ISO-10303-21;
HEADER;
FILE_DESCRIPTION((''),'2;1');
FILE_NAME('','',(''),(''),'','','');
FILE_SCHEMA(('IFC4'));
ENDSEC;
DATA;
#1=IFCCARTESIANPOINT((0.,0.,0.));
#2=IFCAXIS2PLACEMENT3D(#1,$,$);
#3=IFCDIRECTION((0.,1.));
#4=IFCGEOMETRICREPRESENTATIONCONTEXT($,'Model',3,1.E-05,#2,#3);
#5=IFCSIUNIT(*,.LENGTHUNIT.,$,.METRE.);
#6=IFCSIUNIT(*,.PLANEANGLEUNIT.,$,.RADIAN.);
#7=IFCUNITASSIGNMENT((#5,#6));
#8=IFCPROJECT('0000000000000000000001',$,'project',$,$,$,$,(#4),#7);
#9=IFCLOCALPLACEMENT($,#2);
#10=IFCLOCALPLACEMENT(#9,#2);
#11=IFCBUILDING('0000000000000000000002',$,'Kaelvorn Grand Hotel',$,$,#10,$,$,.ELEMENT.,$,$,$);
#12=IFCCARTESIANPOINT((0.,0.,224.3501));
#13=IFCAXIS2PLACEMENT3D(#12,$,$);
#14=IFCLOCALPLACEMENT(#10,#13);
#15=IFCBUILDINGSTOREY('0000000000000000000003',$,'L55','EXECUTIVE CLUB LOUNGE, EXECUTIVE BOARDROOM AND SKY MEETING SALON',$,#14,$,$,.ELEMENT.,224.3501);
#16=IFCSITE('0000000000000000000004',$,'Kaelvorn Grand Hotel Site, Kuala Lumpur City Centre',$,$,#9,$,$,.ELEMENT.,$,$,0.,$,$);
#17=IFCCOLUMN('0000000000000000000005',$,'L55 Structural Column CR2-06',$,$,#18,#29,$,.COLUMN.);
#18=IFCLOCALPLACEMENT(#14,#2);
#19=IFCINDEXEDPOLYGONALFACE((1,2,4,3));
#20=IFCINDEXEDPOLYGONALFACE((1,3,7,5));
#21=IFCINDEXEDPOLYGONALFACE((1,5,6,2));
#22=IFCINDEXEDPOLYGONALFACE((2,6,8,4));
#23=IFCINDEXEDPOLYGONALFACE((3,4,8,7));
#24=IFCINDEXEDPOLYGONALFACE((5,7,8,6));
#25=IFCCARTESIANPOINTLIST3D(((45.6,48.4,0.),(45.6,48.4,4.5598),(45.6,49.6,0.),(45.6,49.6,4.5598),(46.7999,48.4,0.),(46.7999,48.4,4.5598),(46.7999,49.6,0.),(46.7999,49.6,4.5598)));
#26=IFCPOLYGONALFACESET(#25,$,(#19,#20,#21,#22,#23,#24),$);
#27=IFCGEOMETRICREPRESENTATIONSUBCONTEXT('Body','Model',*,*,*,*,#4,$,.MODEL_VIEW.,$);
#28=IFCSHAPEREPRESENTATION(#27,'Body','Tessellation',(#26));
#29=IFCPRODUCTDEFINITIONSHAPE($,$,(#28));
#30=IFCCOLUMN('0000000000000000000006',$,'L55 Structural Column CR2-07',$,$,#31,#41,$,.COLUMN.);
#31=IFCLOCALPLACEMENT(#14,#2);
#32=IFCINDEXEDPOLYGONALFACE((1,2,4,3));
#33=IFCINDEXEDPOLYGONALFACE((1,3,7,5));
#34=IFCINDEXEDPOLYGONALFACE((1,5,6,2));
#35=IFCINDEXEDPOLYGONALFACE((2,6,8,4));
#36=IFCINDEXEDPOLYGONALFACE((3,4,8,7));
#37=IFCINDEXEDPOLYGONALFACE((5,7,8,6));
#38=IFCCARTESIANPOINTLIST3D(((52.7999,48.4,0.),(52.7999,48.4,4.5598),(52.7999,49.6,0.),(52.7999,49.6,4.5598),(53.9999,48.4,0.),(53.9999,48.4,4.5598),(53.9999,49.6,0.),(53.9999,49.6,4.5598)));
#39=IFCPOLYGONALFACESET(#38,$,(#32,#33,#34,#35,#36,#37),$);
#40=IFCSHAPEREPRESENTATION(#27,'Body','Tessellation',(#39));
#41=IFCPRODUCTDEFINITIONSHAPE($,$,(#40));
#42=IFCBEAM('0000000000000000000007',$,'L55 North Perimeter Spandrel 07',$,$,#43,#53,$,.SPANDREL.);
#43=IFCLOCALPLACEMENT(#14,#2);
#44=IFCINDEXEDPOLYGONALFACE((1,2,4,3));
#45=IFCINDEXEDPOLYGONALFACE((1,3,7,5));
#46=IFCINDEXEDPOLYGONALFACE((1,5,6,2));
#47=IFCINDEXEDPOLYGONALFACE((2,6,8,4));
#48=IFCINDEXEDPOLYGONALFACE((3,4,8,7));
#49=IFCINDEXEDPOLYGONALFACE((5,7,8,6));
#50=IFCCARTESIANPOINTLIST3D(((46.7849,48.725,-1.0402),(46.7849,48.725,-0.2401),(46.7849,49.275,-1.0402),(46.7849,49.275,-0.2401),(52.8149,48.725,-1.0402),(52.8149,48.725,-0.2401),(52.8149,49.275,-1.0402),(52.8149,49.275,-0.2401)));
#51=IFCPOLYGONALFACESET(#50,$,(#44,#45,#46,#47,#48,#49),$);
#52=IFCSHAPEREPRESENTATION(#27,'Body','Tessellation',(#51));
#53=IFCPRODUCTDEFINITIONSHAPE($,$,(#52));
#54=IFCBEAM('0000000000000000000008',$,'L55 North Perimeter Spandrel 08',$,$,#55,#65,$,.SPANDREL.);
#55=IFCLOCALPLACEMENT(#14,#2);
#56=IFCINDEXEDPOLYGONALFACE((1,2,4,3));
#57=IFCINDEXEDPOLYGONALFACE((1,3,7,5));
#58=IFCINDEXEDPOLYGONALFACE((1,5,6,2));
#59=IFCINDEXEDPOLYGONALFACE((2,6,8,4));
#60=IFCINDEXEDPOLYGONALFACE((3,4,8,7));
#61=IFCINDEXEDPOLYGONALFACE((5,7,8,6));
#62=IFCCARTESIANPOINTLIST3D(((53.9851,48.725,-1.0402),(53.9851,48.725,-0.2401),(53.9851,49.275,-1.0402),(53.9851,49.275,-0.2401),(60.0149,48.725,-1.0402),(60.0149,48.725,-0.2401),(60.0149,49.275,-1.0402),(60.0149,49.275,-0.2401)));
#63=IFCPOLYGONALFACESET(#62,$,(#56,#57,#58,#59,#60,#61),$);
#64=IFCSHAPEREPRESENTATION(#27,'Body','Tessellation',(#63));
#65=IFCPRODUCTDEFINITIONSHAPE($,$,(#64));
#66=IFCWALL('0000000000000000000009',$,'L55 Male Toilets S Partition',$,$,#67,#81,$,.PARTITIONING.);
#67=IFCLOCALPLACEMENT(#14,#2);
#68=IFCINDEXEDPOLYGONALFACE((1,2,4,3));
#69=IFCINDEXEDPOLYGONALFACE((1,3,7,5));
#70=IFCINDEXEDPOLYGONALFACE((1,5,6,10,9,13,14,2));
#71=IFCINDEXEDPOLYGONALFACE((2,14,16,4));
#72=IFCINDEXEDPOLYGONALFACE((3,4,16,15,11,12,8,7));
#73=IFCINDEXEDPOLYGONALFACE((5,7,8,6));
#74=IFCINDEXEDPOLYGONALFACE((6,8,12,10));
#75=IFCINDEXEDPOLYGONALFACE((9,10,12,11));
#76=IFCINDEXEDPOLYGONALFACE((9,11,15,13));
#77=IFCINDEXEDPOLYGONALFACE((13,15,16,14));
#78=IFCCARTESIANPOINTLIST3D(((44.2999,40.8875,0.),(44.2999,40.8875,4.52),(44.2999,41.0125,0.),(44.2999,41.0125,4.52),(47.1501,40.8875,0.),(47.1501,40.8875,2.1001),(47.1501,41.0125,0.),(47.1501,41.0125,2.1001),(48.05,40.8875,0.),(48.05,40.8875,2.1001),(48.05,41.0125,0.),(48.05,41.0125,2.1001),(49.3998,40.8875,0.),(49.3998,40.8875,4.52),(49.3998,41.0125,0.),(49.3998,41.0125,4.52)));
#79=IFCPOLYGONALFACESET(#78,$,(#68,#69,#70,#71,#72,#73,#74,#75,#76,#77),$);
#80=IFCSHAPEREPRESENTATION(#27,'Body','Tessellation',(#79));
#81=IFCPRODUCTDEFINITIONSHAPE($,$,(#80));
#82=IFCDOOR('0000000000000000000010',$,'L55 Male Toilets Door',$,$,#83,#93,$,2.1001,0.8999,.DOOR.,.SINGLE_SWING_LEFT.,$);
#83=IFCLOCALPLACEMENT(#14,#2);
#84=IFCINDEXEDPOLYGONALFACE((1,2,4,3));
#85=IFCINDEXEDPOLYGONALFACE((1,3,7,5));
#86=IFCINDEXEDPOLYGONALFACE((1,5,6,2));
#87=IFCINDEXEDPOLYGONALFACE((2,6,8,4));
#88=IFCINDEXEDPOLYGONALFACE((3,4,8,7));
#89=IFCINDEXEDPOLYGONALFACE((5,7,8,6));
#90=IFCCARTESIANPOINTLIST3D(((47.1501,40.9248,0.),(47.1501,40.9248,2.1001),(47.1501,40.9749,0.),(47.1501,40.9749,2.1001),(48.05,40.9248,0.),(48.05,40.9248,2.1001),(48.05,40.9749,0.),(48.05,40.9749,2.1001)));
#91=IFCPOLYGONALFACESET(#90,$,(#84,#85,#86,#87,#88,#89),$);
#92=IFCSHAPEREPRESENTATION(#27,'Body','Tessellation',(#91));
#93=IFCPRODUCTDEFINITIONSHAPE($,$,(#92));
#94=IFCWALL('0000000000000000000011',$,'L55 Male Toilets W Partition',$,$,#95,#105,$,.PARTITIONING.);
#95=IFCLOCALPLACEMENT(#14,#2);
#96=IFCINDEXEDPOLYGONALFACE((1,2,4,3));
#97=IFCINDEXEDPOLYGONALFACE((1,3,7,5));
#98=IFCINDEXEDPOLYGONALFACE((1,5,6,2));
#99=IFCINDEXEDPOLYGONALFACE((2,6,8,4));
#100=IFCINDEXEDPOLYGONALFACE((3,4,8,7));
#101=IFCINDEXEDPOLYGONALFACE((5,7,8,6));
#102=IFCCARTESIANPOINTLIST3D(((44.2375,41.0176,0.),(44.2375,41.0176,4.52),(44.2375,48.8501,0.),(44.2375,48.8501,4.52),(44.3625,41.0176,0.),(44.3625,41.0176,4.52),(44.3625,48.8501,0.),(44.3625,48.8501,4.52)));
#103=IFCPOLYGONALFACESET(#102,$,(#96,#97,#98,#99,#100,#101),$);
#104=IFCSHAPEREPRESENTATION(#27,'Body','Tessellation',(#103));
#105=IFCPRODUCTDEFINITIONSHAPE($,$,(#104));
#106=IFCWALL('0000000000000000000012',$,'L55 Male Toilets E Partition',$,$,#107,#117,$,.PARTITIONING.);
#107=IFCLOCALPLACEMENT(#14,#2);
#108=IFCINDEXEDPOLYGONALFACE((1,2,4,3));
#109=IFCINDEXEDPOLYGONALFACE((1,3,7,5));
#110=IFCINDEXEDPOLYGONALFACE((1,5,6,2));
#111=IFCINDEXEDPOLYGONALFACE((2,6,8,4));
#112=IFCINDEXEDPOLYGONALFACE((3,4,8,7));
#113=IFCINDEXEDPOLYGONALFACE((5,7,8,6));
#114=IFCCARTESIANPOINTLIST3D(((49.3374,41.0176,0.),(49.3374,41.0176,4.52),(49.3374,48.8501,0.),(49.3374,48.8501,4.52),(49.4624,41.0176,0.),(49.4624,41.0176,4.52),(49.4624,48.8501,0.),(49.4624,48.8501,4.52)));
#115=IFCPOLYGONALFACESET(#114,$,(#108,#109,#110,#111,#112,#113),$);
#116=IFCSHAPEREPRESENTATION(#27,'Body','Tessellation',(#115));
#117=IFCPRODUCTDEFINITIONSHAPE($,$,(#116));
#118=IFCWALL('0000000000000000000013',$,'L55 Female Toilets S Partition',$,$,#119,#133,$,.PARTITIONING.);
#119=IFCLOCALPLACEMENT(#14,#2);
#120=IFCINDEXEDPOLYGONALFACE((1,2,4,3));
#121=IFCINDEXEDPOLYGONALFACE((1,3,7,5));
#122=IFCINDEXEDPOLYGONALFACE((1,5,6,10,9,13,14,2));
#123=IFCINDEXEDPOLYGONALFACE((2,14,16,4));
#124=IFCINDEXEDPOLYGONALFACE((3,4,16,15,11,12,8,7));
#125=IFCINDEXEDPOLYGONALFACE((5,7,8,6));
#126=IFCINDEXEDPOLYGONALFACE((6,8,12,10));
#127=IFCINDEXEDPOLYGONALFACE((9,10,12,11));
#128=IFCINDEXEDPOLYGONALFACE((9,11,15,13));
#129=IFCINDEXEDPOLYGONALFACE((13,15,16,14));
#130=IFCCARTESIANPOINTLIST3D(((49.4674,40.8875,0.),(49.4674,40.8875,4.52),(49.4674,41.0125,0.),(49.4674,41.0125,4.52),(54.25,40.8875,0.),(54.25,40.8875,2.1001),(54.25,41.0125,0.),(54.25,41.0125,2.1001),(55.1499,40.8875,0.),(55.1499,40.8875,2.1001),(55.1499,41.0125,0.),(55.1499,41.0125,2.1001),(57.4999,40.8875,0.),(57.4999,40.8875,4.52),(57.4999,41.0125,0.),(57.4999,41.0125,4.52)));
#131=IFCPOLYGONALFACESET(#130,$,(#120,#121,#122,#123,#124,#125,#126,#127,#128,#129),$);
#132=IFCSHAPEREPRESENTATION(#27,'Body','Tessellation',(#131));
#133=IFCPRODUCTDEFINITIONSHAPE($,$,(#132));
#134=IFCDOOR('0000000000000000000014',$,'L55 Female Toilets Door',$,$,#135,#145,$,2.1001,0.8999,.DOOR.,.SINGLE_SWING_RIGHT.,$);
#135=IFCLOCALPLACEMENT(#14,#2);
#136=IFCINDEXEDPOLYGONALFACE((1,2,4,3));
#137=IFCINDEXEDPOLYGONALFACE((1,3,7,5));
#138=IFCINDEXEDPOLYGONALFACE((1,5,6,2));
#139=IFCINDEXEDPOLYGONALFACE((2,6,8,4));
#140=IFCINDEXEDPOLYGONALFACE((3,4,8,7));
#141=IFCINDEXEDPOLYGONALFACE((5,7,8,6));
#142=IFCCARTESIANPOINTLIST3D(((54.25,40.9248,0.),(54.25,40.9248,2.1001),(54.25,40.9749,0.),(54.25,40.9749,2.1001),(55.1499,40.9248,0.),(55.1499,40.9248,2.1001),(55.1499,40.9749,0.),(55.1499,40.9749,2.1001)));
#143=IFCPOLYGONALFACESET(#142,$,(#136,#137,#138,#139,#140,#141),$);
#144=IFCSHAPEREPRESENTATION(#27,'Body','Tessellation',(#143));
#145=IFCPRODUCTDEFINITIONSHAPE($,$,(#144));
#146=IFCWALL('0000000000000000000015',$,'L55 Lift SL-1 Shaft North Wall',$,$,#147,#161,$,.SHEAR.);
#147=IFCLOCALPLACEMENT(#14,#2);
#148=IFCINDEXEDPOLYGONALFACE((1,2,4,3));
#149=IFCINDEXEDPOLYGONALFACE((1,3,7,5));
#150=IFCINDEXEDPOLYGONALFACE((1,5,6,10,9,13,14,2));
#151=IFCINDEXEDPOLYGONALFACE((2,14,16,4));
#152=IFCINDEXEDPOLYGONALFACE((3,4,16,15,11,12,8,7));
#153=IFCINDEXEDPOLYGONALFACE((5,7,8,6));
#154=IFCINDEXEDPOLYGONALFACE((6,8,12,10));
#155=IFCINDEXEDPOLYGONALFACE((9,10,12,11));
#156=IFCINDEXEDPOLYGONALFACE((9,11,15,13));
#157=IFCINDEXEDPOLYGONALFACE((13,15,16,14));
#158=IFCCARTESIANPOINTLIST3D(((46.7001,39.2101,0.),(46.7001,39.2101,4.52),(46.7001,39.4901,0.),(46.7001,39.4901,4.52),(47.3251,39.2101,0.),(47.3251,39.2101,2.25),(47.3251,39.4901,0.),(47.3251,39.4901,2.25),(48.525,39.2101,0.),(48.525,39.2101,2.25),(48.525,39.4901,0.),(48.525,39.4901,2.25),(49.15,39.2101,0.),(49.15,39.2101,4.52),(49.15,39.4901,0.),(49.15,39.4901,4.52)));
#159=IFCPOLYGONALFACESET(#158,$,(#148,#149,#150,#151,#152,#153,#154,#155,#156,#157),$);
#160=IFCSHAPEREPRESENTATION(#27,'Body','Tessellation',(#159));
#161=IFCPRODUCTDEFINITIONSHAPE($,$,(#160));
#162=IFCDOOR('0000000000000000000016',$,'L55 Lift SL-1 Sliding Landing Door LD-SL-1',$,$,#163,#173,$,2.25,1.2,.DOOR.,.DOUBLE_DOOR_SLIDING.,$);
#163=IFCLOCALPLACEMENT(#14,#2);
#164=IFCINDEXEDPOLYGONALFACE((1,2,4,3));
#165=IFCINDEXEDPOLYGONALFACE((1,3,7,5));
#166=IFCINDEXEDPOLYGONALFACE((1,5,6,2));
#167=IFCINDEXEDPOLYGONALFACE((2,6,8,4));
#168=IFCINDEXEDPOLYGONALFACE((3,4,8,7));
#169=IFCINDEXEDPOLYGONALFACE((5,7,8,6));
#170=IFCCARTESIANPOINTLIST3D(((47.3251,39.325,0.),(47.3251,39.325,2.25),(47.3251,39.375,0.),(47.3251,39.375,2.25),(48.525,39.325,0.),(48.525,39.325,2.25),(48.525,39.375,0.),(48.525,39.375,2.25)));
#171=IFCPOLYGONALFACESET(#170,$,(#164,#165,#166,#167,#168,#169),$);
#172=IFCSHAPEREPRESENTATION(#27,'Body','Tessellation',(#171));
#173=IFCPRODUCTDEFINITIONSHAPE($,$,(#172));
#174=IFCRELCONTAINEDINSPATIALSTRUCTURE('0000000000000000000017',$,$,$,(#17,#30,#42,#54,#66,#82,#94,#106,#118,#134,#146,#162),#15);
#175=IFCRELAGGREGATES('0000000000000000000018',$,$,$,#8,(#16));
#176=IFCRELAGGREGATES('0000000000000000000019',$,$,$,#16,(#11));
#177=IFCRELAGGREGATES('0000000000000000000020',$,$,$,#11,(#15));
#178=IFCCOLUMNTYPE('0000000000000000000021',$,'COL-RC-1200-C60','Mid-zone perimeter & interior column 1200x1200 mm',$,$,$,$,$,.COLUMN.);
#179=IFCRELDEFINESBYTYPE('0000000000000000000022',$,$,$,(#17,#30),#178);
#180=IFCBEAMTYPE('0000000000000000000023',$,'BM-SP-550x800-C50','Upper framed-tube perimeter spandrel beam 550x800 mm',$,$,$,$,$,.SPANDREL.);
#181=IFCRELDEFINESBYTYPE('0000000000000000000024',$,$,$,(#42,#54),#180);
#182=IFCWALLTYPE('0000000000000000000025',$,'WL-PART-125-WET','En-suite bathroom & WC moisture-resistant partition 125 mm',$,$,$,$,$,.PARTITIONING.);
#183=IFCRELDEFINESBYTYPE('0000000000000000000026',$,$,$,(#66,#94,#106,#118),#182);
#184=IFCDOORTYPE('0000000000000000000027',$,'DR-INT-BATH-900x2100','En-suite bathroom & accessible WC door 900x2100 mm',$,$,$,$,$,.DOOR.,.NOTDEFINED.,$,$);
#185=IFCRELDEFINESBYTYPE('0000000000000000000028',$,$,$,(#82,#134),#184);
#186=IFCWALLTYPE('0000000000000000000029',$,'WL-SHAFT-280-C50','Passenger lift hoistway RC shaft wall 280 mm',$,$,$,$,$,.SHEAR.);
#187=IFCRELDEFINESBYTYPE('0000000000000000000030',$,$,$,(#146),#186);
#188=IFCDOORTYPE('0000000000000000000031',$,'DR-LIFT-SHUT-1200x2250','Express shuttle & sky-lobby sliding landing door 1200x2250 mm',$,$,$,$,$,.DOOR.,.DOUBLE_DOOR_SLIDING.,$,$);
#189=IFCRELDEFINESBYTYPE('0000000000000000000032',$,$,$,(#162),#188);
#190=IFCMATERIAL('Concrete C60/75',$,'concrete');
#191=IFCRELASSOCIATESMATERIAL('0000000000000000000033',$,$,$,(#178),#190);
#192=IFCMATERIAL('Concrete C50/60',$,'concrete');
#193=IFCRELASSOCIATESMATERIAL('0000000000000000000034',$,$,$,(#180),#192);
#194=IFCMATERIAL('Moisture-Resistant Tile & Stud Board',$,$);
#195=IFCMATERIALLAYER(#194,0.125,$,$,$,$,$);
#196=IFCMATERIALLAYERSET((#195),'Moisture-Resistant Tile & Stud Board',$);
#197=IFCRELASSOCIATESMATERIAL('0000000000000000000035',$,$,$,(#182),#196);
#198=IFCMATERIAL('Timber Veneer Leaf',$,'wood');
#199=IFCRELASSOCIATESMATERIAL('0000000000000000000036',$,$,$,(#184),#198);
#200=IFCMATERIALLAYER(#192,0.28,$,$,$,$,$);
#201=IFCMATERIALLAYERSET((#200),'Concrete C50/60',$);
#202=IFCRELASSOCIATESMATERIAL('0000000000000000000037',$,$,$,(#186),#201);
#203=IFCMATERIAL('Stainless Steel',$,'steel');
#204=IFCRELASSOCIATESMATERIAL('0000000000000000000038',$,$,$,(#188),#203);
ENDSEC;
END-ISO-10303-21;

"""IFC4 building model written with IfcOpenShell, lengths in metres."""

from ifc_helpers import new_model, si_unit, direction, frame, frame_2d, origin, origin_2d, place, context, subcontext, project, spatial, rectangle, extrude, material, layer, layer_set, material_profile, profile_set, type_object, element, fill, save


model = new_model("IFC4")

# Units and contexts
model_context = context("Model", 3, precision=1e-05, world=origin(), true_north=direction((0.0, 1.0)))
body_context = subcontext(model_context, "Body", "Model", "MODEL_VIEW")
ifc_project = project(units=[si_unit("LENGTHUNIT", "METRE"), si_unit("PLANEANGLEUNIT", "RADIAN")], contexts=[model_context])

# Site, building, storey
site_placement = place(None, origin())
site = spatial("IfcSite", under=ifc_project, at=site_placement, Name="Kaelvorn Grand Hotel Site, Kuala Lumpur City Centre", CompositionType="ELEMENT", RefElevation=0.0)
building_placement = place(site_placement, origin())
building = spatial("IfcBuilding", under=site, at=building_placement, Name="Kaelvorn Grand Hotel", CompositionType="ELEMENT")
storey_placement = place(building_placement, frame((0.0, 0.0, 224.3501)))
storey = spatial("IfcBuildingStorey", under=building, at=storey_placement, Name="L55", Description="EXECUTIVE CLUB LOUNGE, EXECUTIVE BOARDROOM AND SKY MEETING SALON", CompositionType="ELEMENT", Elevation=224.3501)

# Columns
ifc_material_1 = material(Name="Concrete C60/75", Category="concrete")
ifc_material_profile_1 = material_profile(ifc_material_1, rectangle(XDim=1.2, YDim=1.2, at=origin_2d()), Name="RC COL 1200x1200")
ifc_profile_set_1 = profile_set([ifc_material_profile_1], Name="Concrete C60/75")
column_type = type_object("IfcColumnType", Name="COL-RC-1200-C60", Description="Mid-zone perimeter & interior column 1200x1200 mm", PredefinedType="COLUMN", material=ifc_profile_set_1)
for number, where, z_axis, x_axis, name in (
    (1, (46.2, 49.0, 0.0), (0.0, 0.0, 1.0), (1.0, 0.0, 0.0), "L55 Structural Column CR2-06"),
    (2, (53.3999, 49.0, 0.0), (0.0, 0.0, 1.0), (1.0, 0.0, 0.0), "L55 Structural Column CR2-07"),
):
    element("IfcColumn", number, at=place(storey_placement, frame(where, z_axis=z_axis, x_axis=x_axis)), inside=storey, type_object=column_type, Name=name, PredefinedType="COLUMN", context=body_context, shape_type="SweptSolid", body=[
        extrude(rectangle(XDim=1.2, YDim=1.2, at=origin_2d()), origin(), (0.0, 0.0, 1.0), 4.5598),
    ])

# Beams
ifc_material_2 = material(Name="Concrete C50/60", Category="concrete")
ifc_material_profile_2 = material_profile(ifc_material_2, rectangle(XDim=0.55, YDim=0.8, at=origin_2d()), Name="RC SPANDREL 550x800")
ifc_profile_set_2 = profile_set([ifc_material_profile_2], Name="Concrete C50/60")
beam_type = type_object("IfcBeamType", Name="BM-SP-550x800-C50", Description="Upper framed-tube perimeter spandrel beam 550x800 mm", PredefinedType="SPANDREL", material=ifc_profile_set_2)
beam_1_placement = place(storey_placement, frame((46.7849, 49.0, -0.6401), z_axis=(1.0, 0.0, 0.0), x_axis=(0.0, 1.0, 0.0)))
element("IfcBeam", 3, at=beam_1_placement, inside=storey, type_object=beam_type, Name="L55 North Perimeter Spandrel 07", PredefinedType="SPANDREL", context=body_context, shape_type="SweptSolid", body=[
    extrude(rectangle(XDim=0.55, YDim=0.8, at=origin_2d()), origin(), (0.0, 0.0, 1.0), 6.03),
])
beam_2_placement = place(storey_placement, frame((53.9851, 49.0, -0.6401), z_axis=(1.0, 0.0, 0.0), x_axis=(0.0, 1.0, 0.0)))
element("IfcBeam", 4, at=beam_2_placement, inside=storey, type_object=beam_type, Name="L55 North Perimeter Spandrel 08", PredefinedType="SPANDREL", context=body_context, shape_type="SweptSolid", body=[
    extrude(rectangle(XDim=0.55, YDim=0.8, at=origin_2d()), origin(), (0.0, 0.0, 1.0), 6.0298),
])

# Wall, opening, door
ifc_material_3 = material(Name="Moisture-Resistant Tile & Stud Board")
ifc_layer_1 = layer(ifc_material_3, 0.125)
ifc_layer_set_1 = layer_set([ifc_layer_1], Name="Moisture-Resistant Tile & Stud Board")
wall_type_1 = type_object("IfcWallType", Name="WL-PART-125-WET", Description="En-suite bathroom & WC moisture-resistant partition 125 mm", PredefinedType="PARTITIONING", material=ifc_layer_set_1)
wall_1_placement = place(storey_placement, frame((44.3, 40.95, 0.0), z_axis=(0.0, 0.0, 1.0), x_axis=(1.0, 0.0, 0.0)))
wall_1 = element("IfcWall", 5, at=wall_1_placement, inside=storey, type_object=wall_type_1, Name="L55 Male Toilets S Partition", PredefinedType="PARTITIONING", context=body_context, shape_type="SweptSolid", body=[
    extrude(rectangle(XDim=5.0999, YDim=0.125, at=frame_2d((2.5498, 0.0))), origin(), (0.0, 0.0, 1.0), 4.52),
])
opening_1_placement = place(wall_1_placement, frame((2.8501, 0.0, 0.0)))
opening_1 = element("IfcOpeningElement", 6, at=opening_1_placement, cuts=wall_1, PredefinedType="OPENING", context=body_context, shape_type="SweptSolid", body=[
    extrude(rectangle(XDim=0.8999, YDim=2.1001, at=frame_2d((0.45, 1.05))), frame((0.0, 0.0725, 0.0), z_axis=(0.0, -1.0, 0.0), x_axis=(1.0, 0.0, 0.0)), (0.0, 0.0, 1.0), 0.145),
])
ifc_material_4 = material(Name="Timber Veneer Leaf", Category="wood")
door_type_1 = type_object("IfcDoorType", Name="DR-INT-BATH-900x2100", Description="En-suite bathroom & accessible WC door 900x2100 mm", OperationType="NOTDEFINED", PredefinedType="DOOR", material=ifc_material_4)
door_1_placement = place(opening_1_placement, origin())
door_1 = element("IfcDoor", 7, at=door_1_placement, inside=storey, type_object=door_type_1, Name="L55 Male Toilets Door", OperationType="SINGLE_SWING_LEFT", OverallHeight=2.1001, OverallWidth=0.8999, PredefinedType="DOOR", context=body_context, shape_type="SweptSolid", body=[
    extrude(rectangle(XDim=0.8999, YDim=2.1001, at=frame_2d((0.45, 1.05))), frame((0.0, 0.0249, 0.0), z_axis=(0.0, -1.0, 0.0), x_axis=(1.0, 0.0, 0.0)), (0.0, 0.0, 1.0), 0.05),
])
fill(opening_1, door_1)

# Walls
for number, where, z_axis, x_axis, name in (
    (8, (44.3, 41.0176, 0.0), (0.0, 0.0, 1.0), (0.0, 1.0, 0.0), "L55 Male Toilets W Partition"),
    (9, (49.3999, 41.0176, 0.0), (0.0, 0.0, 1.0), (0.0, 1.0, 0.0), "L55 Male Toilets E Partition"),
):
    element("IfcWall", number, at=place(storey_placement, frame(where, z_axis=z_axis, x_axis=x_axis)), inside=storey, type_object=wall_type_1, Name=name, PredefinedType="PARTITIONING", context=body_context, shape_type="SweptSolid", body=[
        extrude(rectangle(XDim=7.8325, YDim=0.125, at=frame_2d((3.9163, 0.0))), origin(), (0.0, 0.0, 1.0), 4.52),
    ])

# Walls, openings, doors
wall_2_placement = place(storey_placement, frame((49.4675, 40.95, 0.0), z_axis=(0.0, 0.0, 1.0), x_axis=(1.0, 0.0, 0.0)))
wall_2 = element("IfcWall", 10, at=wall_2_placement, inside=storey, type_object=wall_type_1, Name="L55 Female Toilets S Partition", PredefinedType="PARTITIONING", context=body_context, shape_type="SweptSolid", body=[
    extrude(rectangle(XDim=8.0325, YDim=0.125, at=frame_2d((4.0161, 0.0))), origin(), (0.0, 0.0, 1.0), 4.52),
])
opening_2_placement = place(wall_2_placement, frame((4.7825, 0.0, 0.0)))
opening_2 = element("IfcOpeningElement", 11, at=opening_2_placement, cuts=wall_2, PredefinedType="OPENING", context=body_context, shape_type="SweptSolid", body=[
    extrude(rectangle(XDim=0.8999, YDim=2.1001, at=frame_2d((0.45, 1.05))), frame((0.0, 0.0725, 0.0), z_axis=(0.0, -1.0, 0.0), x_axis=(1.0, 0.0, 0.0)), (0.0, 0.0, 1.0), 0.145),
])
door_2_placement = place(opening_2_placement, origin())
door_2 = element("IfcDoor", 12, at=door_2_placement, inside=storey, type_object=door_type_1, Name="L55 Female Toilets Door", OperationType="SINGLE_SWING_RIGHT", OverallHeight=2.1001, OverallWidth=0.8999, PredefinedType="DOOR", context=body_context, shape_type="SweptSolid", body=[
    extrude(rectangle(XDim=0.8999, YDim=2.1001, at=frame_2d((0.45, 1.05))), frame((0.0, 0.0249, 0.0), z_axis=(0.0, -1.0, 0.0), x_axis=(1.0, 0.0, 0.0)), (0.0, 0.0, 1.0), 0.05),
])
fill(opening_2, door_2)
ifc_layer_2 = layer(ifc_material_2, 0.28)
ifc_layer_set_2 = layer_set([ifc_layer_2], Name="Concrete C50/60")
wall_type_2 = type_object("IfcWallType", Name="WL-SHAFT-280-C50", Description="Passenger lift hoistway RC shaft wall 280 mm", PredefinedType="SHEAR", material=ifc_layer_set_2)
wall_3_placement = place(storey_placement, frame((46.7, 39.3501, 0.0), z_axis=(0.0, 0.0, 1.0), x_axis=(1.0, 0.0, 0.0)))
wall_3 = element("IfcWall", 13, at=wall_3_placement, inside=storey, type_object=wall_type_2, Name="L55 Lift SL-1 Shaft North Wall", PredefinedType="SHEAR", context=body_context, shape_type="SweptSolid", body=[
    extrude(rectangle(XDim=2.45, YDim=0.28, at=frame_2d((1.2251, 0.0))), origin(), (0.0, 0.0, 1.0), 4.52),
])
opening_3_placement = place(wall_3_placement, frame((0.625, 0.0, 0.0)))
opening_3 = element("IfcOpeningElement", 14, at=opening_3_placement, cuts=wall_3, PredefinedType="OPENING", context=body_context, shape_type="SweptSolid", body=[
    extrude(rectangle(XDim=1.2, YDim=2.25, at=frame_2d((0.6001, 1.125))), frame((0.0, 0.1499, 0.0), z_axis=(0.0, -1.0, 0.0), x_axis=(1.0, 0.0, 0.0)), (0.0, 0.0, 1.0), 0.3),
])
ifc_material_5 = material(Name="Stainless Steel", Category="steel")
door_type_2 = type_object("IfcDoorType", Name="DR-LIFT-SHUT-1200x2250", Description="Express shuttle & sky-lobby sliding landing door 1200x2250 mm", OperationType="DOUBLE_DOOR_SLIDING", PredefinedType="DOOR", material=ifc_material_5)
door_3_placement = place(opening_3_placement, origin())
door_3 = element("IfcDoor", 15, at=door_3_placement, inside=storey, type_object=door_type_2, Name="L55 Lift SL-1 Sliding Landing Door LD-SL-1", OperationType="DOUBLE_DOOR_SLIDING", OverallHeight=2.25, OverallWidth=1.2, PredefinedType="DOOR", context=body_context, shape_type="SweptSolid", body=[
    extrude(rectangle(XDim=1.2, YDim=2.25, at=frame_2d((0.6001, 1.125))), frame((0.0, 0.0249, 0.0), z_axis=(0.0, -1.0, 0.0), x_axis=(1.0, 0.0, 0.0)), (0.0, 0.0, 1.0), 0.05),
])
fill(opening_3, door_3)

save(model, "model.ifc")
